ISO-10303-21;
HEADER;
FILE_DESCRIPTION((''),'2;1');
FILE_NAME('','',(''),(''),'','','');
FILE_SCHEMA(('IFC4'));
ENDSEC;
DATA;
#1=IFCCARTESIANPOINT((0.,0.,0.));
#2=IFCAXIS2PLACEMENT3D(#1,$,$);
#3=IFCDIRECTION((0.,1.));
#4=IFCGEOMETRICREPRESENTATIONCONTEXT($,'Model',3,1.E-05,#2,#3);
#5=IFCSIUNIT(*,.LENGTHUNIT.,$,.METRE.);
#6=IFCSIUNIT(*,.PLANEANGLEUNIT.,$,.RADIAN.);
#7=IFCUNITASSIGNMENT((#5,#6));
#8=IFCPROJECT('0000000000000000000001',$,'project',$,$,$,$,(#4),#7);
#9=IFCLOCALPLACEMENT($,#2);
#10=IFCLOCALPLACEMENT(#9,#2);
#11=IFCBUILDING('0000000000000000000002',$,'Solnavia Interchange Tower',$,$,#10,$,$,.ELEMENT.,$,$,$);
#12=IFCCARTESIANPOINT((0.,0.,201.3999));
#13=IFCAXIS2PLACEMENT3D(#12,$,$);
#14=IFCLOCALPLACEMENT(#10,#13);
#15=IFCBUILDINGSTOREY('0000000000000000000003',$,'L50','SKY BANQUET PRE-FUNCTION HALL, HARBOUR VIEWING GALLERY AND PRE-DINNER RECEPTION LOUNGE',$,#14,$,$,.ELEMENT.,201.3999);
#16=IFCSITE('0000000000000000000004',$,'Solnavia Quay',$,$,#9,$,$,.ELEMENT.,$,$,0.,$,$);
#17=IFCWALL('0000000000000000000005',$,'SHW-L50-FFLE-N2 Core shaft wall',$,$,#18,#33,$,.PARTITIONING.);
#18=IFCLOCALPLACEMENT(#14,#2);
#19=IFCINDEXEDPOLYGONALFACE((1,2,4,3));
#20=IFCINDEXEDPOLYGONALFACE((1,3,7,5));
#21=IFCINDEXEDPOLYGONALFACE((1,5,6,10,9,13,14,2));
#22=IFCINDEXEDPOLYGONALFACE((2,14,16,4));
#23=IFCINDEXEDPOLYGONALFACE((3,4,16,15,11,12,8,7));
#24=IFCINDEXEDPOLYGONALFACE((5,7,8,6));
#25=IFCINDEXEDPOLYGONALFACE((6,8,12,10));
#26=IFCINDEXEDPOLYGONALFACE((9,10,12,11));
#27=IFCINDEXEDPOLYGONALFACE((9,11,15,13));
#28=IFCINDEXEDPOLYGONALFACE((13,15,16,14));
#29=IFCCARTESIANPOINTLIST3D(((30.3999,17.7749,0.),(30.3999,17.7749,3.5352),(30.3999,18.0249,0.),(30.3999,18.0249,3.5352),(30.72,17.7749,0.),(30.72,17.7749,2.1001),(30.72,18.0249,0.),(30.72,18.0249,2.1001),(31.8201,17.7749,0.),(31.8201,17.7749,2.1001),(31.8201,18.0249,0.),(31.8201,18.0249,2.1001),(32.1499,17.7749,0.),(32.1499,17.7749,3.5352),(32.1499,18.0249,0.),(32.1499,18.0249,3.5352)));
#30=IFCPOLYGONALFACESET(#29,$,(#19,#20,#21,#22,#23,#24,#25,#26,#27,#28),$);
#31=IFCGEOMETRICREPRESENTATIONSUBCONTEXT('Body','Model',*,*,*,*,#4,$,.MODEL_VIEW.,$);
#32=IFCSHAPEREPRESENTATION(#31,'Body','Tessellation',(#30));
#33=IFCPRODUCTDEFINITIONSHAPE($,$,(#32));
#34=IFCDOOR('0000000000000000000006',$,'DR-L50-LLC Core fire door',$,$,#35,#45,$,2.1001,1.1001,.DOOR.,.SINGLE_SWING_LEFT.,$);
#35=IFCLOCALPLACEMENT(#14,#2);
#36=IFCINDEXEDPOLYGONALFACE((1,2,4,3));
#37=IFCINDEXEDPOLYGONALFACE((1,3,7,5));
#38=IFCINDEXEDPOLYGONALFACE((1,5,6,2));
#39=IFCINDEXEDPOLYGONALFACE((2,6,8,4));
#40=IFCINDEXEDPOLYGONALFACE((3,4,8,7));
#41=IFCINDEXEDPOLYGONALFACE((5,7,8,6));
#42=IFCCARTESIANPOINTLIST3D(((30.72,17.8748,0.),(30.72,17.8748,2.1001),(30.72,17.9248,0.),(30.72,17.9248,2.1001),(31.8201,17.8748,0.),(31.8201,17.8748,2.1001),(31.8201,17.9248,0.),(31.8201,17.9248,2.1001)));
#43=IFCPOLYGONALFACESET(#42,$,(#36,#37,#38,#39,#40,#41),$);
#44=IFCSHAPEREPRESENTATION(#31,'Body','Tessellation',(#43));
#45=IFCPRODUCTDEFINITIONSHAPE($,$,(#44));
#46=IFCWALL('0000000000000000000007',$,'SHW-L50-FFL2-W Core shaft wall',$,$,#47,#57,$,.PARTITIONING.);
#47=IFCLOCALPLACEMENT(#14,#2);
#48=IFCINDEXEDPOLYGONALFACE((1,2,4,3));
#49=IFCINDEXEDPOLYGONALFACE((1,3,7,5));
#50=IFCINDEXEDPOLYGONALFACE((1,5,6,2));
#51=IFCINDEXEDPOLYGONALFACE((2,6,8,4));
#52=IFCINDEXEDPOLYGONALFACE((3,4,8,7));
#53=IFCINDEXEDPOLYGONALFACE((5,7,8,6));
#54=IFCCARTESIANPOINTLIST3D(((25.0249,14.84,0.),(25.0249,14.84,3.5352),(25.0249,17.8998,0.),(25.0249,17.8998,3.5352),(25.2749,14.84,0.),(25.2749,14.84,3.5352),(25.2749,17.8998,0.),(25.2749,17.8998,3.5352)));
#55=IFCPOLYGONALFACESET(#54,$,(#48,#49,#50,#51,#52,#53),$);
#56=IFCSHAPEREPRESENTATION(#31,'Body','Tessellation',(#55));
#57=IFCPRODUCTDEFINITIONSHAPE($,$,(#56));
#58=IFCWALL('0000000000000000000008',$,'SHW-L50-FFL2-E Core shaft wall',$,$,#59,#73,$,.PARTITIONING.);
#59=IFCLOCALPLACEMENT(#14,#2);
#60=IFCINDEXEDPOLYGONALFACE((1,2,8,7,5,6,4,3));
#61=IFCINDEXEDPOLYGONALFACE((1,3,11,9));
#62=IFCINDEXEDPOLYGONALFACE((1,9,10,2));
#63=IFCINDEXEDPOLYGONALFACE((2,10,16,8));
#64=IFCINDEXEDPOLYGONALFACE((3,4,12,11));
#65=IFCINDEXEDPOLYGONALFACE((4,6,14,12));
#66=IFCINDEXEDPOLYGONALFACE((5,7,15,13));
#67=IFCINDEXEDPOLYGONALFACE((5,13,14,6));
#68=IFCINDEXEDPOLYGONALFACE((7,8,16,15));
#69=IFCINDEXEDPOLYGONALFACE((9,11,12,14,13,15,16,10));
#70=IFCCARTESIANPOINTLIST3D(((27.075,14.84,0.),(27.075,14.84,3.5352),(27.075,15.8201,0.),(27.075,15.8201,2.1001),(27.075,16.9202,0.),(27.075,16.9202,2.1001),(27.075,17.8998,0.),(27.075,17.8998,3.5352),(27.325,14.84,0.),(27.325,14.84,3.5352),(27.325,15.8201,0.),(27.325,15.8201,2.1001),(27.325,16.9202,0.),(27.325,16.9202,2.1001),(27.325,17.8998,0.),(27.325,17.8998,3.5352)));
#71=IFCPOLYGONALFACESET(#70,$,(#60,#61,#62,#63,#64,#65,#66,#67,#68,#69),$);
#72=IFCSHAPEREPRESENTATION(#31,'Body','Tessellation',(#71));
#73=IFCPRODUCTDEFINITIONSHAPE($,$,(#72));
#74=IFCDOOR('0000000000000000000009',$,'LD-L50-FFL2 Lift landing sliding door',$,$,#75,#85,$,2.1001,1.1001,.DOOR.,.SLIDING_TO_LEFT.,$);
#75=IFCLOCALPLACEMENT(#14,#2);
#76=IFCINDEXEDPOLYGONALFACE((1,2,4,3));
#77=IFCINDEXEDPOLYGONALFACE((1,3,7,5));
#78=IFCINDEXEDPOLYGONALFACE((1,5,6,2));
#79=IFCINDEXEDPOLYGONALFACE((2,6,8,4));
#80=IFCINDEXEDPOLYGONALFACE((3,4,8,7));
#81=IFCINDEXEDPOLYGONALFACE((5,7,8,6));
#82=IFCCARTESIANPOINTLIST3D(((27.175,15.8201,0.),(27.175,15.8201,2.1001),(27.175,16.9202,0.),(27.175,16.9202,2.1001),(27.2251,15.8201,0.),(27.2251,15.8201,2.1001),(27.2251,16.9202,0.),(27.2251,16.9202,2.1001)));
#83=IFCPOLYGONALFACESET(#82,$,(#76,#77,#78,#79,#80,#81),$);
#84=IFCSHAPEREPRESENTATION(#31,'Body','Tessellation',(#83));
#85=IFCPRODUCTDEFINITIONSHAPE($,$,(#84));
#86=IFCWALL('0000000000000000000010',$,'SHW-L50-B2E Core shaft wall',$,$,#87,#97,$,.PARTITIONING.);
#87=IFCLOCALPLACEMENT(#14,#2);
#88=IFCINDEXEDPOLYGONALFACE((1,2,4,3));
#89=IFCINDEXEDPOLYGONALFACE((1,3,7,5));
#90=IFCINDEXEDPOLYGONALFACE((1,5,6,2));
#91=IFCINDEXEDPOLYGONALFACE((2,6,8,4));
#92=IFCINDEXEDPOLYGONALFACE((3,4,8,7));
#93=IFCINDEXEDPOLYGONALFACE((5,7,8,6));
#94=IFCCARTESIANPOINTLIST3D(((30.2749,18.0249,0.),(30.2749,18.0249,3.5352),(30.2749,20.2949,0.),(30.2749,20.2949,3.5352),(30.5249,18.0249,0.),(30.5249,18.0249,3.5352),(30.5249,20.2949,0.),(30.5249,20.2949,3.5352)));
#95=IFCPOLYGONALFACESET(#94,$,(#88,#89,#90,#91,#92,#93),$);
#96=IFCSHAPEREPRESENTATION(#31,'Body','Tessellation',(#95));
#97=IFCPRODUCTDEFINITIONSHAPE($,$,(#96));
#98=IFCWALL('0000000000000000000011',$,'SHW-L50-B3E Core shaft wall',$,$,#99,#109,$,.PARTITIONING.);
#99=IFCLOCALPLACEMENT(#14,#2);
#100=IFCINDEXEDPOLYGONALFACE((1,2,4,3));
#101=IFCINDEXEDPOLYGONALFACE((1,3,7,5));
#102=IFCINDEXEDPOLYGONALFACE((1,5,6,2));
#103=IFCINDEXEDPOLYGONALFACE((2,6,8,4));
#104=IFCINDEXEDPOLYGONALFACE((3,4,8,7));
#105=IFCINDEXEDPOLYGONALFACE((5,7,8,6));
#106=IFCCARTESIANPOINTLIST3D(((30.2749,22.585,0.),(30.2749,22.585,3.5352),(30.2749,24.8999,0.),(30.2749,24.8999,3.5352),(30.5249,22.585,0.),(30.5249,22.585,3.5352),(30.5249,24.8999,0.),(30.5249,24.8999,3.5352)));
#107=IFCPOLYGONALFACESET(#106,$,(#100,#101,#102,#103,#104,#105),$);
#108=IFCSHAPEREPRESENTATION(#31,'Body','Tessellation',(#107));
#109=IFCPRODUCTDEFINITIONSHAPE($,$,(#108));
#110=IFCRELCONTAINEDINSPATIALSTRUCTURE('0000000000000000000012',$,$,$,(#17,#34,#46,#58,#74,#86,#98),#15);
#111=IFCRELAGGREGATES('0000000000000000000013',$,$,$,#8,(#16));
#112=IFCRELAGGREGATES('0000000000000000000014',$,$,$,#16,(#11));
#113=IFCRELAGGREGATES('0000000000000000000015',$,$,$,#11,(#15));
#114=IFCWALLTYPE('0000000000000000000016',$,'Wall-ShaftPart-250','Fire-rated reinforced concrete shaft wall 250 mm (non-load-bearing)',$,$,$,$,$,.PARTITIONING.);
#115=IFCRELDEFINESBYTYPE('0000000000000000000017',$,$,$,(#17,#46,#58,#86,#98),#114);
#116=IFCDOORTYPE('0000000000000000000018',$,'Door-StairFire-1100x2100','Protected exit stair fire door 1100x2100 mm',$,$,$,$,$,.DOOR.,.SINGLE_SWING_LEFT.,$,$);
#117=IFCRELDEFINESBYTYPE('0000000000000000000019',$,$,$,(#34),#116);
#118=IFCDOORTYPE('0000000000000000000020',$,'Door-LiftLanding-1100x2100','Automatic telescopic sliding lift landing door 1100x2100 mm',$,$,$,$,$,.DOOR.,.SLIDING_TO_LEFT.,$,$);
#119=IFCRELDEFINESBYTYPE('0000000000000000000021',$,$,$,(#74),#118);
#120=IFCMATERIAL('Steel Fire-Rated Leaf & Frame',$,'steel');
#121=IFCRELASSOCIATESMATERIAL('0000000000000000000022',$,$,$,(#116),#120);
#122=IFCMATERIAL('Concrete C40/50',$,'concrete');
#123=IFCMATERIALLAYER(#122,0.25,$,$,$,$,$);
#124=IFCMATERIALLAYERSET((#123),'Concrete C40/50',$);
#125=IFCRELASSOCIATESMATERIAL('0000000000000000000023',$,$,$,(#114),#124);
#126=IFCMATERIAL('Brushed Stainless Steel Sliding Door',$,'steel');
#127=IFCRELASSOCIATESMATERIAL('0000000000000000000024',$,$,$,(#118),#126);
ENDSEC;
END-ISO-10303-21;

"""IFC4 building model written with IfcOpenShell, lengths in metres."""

from ifc_helpers import new_model, si_unit, direction, frame, frame_2d, origin, place, context, subcontext, project, spatial, rectangle, extrude, material, layer, layer_set, type_object, element, fill, save


model = new_model("IFC4")

# Units and contexts
model_context = context("Model", 3, precision=1e-05, world=origin(), true_north=direction((0.0, 1.0)))
body_context = subcontext(model_context, "Body", "Model", "MODEL_VIEW")
ifc_project = project(units=[si_unit("LENGTHUNIT", "METRE"), si_unit("PLANEANGLEUNIT", "RADIAN")], contexts=[model_context])

# Site, building, storey
site_placement = place(None, origin())
site = spatial("IfcSite", under=ifc_project, at=site_placement, Name="Solnavia Quay", CompositionType="ELEMENT", RefElevation=0.0)
building_placement = place(site_placement, origin())
building = spatial("IfcBuilding", under=site, at=building_placement, Name="Solnavia Interchange Tower", CompositionType="ELEMENT")
storey_placement = place(building_placement, frame((0.0, 0.0, 201.3999)))
storey = spatial("IfcBuildingStorey", under=building, at=storey_placement, Name="L50", Description="SKY BANQUET PRE-FUNCTION HALL, HARBOUR VIEWING GALLERY AND PRE-DINNER RECEPTION LOUNGE", CompositionType="ELEMENT", Elevation=201.3999)

# Shared definitions
ifc_material_1 = material(Name="Concrete C40/50", Category="concrete")

# Wall, opening, door
ifc_material_2 = material(Name="Steel Fire-Rated Leaf & Frame", Category="steel")
door_type_1 = type_object("IfcDoorType", Name="Door-StairFire-1100x2100", Description="Protected exit stair fire door 1100x2100 mm", OperationType="SINGLE_SWING_LEFT", PredefinedType="DOOR", material=ifc_material_2)
ifc_layer_1 = layer(ifc_material_1, 0.25)
ifc_layer_set_1 = layer_set([ifc_layer_1], Name="Concrete C40/50")
wall_type_1 = type_object("IfcWallType", Name="Wall-ShaftPart-250", Description="Fire-rated reinforced concrete shaft wall 250 mm (non-load-bearing)", PredefinedType="PARTITIONING", material=ifc_layer_set_1)
wall_1_placement = place(storey_placement, frame((30.3999, 17.8999, 0.0), z_axis=(0.0, 0.0, 1.0), x_axis=(1.0, 0.0, 0.0)))
wall_1 = element("IfcWall", 1, at=wall_1_placement, inside=storey, type_object=wall_type_1, Name="SHW-L50-FFLE-N2 Core shaft wall", PredefinedType="PARTITIONING", context=body_context, shape_type="SweptSolid", body=[
    extrude(rectangle(XDim=1.75, YDim=0.25, at=frame_2d((0.875, 0.0))), origin(), (0.0, 0.0, 1.0), 3.5352),
])
opening_1_placement = place(wall_1_placement, frame((0.3201, 0.0, 0.0)))
opening_1 = element("IfcOpeningElement", 2, at=opening_1_placement, cuts=wall_1, PredefinedType="OPENING", context=body_context, shape_type="SweptSolid", body=[
    extrude(rectangle(XDim=1.1001, YDim=2.1001, at=frame_2d((0.55, 1.05))), frame((0.0, 0.135, 0.0), z_axis=(0.0, -1.0, 0.0), x_axis=(1.0, 0.0, 0.0)), (0.0, 0.0, 1.0), 0.27),
])
door_1_placement = place(opening_1_placement, origin())
door_1 = element("IfcDoor", 3, at=door_1_placement, inside=storey, type_object=door_type_1, Name="DR-L50-LLC Core fire door", OperationType="SINGLE_SWING_LEFT", OverallHeight=2.1001, OverallWidth=1.1001, PredefinedType="DOOR", context=body_context, shape_type="SweptSolid", body=[
    extrude(rectangle(XDim=1.1001, YDim=2.1001, at=frame_2d((0.55, 1.05))), frame((0.0, 0.0249, 0.0), z_axis=(0.0, -1.0, 0.0), x_axis=(1.0, 0.0, 0.0)), (0.0, 0.0, 1.0), 0.05),
])
fill(opening_1, door_1)

# Wall
wall_2_placement = place(storey_placement, frame((25.1499, 14.8401, 0.0), z_axis=(0.0, 0.0, 1.0), x_axis=(0.0, 1.0, 0.0)))
element("IfcWall", 4, at=wall_2_placement, inside=storey, type_object=wall_type_1, Name="SHW-L50-FFL2-W Core shaft wall", PredefinedType="PARTITIONING", context=body_context, shape_type="SweptSolid", body=[
    extrude(rectangle(XDim=3.0598, YDim=0.25, at=frame_2d((1.5298, 0.0))), origin(), (0.0, 0.0, 1.0), 3.5352),
])

# Wall, opening, door
wall_3_placement = place(storey_placement, frame((27.2, 14.8401, 0.0), z_axis=(0.0, 0.0, 1.0), x_axis=(0.0, 1.0, 0.0)))
wall_3 = element("IfcWall", 5, at=wall_3_placement, inside=storey, type_object=wall_type_1, Name="SHW-L50-FFL2-E Core shaft wall", PredefinedType="PARTITIONING", context=body_context, shape_type="SweptSolid", body=[
    extrude(rectangle(XDim=3.0598, YDim=0.25, at=frame_2d((1.5298, 0.0))), origin(), (0.0, 0.0, 1.0), 3.5352),
])
opening_2_placement = place(wall_3_placement, frame((0.98, 0.0, 0.0)))
opening_2 = element("IfcOpeningElement", 6, at=opening_2_placement, cuts=wall_3, PredefinedType="OPENING", context=body_context, shape_type="SweptSolid", body=[
    extrude(rectangle(XDim=1.1001, YDim=2.1001, at=frame_2d((0.55, 1.05))), frame((0.0, 0.135, 0.0), z_axis=(0.0, -1.0, 0.0), x_axis=(1.0, 0.0, 0.0)), (0.0, 0.0, 1.0), 0.27),
])
ifc_material_3 = material(Name="Brushed Stainless Steel Sliding Door", Category="steel")
door_type_2 = type_object("IfcDoorType", Name="Door-LiftLanding-1100x2100", Description="Automatic telescopic sliding lift landing door 1100x2100 mm", OperationType="SLIDING_TO_LEFT", PredefinedType="DOOR", material=ifc_material_3)
door_2_placement = place(opening_2_placement, origin())
door_2 = element("IfcDoor", 7, at=door_2_placement, inside=storey, type_object=door_type_2, Name="LD-L50-FFL2 Lift landing sliding door", OperationType="SLIDING_TO_LEFT", OverallHeight=2.1001, OverallWidth=1.1001, PredefinedType="DOOR", context=body_context, shape_type="SweptSolid", body=[
    extrude(rectangle(XDim=1.1001, YDim=2.1001, at=frame_2d((0.55, 1.05))), frame((0.0, 0.0249, 0.0), z_axis=(0.0, -1.0, 0.0), x_axis=(1.0, 0.0, 0.0)), (0.0, 0.0, 1.0), 0.05),
])
fill(opening_2, door_2)

# Walls
wall_4_placement = place(storey_placement, frame((30.3999, 18.0249, 0.0), z_axis=(0.0, 0.0, 1.0), x_axis=(0.0, 1.0, 0.0)))
element("IfcWall", 8, at=wall_4_placement, inside=storey, type_object=wall_type_1, Name="SHW-L50-B2E Core shaft wall", PredefinedType="PARTITIONING", context=body_context, shape_type="SweptSolid", body=[
    extrude(rectangle(XDim=2.27, YDim=0.25, at=frame_2d((1.135, 0.0))), origin(), (0.0, 0.0, 1.0), 3.5352),
])
wall_5_placement = place(storey_placement, frame((30.3999, 22.585, 0.0), z_axis=(0.0, 0.0, 1.0), x_axis=(0.0, 1.0, 0.0)))
element("IfcWall", 9, at=wall_5_placement, inside=storey, type_object=wall_type_1, Name="SHW-L50-B3E Core shaft wall", PredefinedType="PARTITIONING", context=body_context, shape_type="SweptSolid", body=[
    extrude(rectangle(XDim=2.3149, YDim=0.25, at=frame_2d((1.1575, 0.0))), origin(), (0.0, 0.0, 1.0), 3.5352),
])

save(model, "model.ifc")
